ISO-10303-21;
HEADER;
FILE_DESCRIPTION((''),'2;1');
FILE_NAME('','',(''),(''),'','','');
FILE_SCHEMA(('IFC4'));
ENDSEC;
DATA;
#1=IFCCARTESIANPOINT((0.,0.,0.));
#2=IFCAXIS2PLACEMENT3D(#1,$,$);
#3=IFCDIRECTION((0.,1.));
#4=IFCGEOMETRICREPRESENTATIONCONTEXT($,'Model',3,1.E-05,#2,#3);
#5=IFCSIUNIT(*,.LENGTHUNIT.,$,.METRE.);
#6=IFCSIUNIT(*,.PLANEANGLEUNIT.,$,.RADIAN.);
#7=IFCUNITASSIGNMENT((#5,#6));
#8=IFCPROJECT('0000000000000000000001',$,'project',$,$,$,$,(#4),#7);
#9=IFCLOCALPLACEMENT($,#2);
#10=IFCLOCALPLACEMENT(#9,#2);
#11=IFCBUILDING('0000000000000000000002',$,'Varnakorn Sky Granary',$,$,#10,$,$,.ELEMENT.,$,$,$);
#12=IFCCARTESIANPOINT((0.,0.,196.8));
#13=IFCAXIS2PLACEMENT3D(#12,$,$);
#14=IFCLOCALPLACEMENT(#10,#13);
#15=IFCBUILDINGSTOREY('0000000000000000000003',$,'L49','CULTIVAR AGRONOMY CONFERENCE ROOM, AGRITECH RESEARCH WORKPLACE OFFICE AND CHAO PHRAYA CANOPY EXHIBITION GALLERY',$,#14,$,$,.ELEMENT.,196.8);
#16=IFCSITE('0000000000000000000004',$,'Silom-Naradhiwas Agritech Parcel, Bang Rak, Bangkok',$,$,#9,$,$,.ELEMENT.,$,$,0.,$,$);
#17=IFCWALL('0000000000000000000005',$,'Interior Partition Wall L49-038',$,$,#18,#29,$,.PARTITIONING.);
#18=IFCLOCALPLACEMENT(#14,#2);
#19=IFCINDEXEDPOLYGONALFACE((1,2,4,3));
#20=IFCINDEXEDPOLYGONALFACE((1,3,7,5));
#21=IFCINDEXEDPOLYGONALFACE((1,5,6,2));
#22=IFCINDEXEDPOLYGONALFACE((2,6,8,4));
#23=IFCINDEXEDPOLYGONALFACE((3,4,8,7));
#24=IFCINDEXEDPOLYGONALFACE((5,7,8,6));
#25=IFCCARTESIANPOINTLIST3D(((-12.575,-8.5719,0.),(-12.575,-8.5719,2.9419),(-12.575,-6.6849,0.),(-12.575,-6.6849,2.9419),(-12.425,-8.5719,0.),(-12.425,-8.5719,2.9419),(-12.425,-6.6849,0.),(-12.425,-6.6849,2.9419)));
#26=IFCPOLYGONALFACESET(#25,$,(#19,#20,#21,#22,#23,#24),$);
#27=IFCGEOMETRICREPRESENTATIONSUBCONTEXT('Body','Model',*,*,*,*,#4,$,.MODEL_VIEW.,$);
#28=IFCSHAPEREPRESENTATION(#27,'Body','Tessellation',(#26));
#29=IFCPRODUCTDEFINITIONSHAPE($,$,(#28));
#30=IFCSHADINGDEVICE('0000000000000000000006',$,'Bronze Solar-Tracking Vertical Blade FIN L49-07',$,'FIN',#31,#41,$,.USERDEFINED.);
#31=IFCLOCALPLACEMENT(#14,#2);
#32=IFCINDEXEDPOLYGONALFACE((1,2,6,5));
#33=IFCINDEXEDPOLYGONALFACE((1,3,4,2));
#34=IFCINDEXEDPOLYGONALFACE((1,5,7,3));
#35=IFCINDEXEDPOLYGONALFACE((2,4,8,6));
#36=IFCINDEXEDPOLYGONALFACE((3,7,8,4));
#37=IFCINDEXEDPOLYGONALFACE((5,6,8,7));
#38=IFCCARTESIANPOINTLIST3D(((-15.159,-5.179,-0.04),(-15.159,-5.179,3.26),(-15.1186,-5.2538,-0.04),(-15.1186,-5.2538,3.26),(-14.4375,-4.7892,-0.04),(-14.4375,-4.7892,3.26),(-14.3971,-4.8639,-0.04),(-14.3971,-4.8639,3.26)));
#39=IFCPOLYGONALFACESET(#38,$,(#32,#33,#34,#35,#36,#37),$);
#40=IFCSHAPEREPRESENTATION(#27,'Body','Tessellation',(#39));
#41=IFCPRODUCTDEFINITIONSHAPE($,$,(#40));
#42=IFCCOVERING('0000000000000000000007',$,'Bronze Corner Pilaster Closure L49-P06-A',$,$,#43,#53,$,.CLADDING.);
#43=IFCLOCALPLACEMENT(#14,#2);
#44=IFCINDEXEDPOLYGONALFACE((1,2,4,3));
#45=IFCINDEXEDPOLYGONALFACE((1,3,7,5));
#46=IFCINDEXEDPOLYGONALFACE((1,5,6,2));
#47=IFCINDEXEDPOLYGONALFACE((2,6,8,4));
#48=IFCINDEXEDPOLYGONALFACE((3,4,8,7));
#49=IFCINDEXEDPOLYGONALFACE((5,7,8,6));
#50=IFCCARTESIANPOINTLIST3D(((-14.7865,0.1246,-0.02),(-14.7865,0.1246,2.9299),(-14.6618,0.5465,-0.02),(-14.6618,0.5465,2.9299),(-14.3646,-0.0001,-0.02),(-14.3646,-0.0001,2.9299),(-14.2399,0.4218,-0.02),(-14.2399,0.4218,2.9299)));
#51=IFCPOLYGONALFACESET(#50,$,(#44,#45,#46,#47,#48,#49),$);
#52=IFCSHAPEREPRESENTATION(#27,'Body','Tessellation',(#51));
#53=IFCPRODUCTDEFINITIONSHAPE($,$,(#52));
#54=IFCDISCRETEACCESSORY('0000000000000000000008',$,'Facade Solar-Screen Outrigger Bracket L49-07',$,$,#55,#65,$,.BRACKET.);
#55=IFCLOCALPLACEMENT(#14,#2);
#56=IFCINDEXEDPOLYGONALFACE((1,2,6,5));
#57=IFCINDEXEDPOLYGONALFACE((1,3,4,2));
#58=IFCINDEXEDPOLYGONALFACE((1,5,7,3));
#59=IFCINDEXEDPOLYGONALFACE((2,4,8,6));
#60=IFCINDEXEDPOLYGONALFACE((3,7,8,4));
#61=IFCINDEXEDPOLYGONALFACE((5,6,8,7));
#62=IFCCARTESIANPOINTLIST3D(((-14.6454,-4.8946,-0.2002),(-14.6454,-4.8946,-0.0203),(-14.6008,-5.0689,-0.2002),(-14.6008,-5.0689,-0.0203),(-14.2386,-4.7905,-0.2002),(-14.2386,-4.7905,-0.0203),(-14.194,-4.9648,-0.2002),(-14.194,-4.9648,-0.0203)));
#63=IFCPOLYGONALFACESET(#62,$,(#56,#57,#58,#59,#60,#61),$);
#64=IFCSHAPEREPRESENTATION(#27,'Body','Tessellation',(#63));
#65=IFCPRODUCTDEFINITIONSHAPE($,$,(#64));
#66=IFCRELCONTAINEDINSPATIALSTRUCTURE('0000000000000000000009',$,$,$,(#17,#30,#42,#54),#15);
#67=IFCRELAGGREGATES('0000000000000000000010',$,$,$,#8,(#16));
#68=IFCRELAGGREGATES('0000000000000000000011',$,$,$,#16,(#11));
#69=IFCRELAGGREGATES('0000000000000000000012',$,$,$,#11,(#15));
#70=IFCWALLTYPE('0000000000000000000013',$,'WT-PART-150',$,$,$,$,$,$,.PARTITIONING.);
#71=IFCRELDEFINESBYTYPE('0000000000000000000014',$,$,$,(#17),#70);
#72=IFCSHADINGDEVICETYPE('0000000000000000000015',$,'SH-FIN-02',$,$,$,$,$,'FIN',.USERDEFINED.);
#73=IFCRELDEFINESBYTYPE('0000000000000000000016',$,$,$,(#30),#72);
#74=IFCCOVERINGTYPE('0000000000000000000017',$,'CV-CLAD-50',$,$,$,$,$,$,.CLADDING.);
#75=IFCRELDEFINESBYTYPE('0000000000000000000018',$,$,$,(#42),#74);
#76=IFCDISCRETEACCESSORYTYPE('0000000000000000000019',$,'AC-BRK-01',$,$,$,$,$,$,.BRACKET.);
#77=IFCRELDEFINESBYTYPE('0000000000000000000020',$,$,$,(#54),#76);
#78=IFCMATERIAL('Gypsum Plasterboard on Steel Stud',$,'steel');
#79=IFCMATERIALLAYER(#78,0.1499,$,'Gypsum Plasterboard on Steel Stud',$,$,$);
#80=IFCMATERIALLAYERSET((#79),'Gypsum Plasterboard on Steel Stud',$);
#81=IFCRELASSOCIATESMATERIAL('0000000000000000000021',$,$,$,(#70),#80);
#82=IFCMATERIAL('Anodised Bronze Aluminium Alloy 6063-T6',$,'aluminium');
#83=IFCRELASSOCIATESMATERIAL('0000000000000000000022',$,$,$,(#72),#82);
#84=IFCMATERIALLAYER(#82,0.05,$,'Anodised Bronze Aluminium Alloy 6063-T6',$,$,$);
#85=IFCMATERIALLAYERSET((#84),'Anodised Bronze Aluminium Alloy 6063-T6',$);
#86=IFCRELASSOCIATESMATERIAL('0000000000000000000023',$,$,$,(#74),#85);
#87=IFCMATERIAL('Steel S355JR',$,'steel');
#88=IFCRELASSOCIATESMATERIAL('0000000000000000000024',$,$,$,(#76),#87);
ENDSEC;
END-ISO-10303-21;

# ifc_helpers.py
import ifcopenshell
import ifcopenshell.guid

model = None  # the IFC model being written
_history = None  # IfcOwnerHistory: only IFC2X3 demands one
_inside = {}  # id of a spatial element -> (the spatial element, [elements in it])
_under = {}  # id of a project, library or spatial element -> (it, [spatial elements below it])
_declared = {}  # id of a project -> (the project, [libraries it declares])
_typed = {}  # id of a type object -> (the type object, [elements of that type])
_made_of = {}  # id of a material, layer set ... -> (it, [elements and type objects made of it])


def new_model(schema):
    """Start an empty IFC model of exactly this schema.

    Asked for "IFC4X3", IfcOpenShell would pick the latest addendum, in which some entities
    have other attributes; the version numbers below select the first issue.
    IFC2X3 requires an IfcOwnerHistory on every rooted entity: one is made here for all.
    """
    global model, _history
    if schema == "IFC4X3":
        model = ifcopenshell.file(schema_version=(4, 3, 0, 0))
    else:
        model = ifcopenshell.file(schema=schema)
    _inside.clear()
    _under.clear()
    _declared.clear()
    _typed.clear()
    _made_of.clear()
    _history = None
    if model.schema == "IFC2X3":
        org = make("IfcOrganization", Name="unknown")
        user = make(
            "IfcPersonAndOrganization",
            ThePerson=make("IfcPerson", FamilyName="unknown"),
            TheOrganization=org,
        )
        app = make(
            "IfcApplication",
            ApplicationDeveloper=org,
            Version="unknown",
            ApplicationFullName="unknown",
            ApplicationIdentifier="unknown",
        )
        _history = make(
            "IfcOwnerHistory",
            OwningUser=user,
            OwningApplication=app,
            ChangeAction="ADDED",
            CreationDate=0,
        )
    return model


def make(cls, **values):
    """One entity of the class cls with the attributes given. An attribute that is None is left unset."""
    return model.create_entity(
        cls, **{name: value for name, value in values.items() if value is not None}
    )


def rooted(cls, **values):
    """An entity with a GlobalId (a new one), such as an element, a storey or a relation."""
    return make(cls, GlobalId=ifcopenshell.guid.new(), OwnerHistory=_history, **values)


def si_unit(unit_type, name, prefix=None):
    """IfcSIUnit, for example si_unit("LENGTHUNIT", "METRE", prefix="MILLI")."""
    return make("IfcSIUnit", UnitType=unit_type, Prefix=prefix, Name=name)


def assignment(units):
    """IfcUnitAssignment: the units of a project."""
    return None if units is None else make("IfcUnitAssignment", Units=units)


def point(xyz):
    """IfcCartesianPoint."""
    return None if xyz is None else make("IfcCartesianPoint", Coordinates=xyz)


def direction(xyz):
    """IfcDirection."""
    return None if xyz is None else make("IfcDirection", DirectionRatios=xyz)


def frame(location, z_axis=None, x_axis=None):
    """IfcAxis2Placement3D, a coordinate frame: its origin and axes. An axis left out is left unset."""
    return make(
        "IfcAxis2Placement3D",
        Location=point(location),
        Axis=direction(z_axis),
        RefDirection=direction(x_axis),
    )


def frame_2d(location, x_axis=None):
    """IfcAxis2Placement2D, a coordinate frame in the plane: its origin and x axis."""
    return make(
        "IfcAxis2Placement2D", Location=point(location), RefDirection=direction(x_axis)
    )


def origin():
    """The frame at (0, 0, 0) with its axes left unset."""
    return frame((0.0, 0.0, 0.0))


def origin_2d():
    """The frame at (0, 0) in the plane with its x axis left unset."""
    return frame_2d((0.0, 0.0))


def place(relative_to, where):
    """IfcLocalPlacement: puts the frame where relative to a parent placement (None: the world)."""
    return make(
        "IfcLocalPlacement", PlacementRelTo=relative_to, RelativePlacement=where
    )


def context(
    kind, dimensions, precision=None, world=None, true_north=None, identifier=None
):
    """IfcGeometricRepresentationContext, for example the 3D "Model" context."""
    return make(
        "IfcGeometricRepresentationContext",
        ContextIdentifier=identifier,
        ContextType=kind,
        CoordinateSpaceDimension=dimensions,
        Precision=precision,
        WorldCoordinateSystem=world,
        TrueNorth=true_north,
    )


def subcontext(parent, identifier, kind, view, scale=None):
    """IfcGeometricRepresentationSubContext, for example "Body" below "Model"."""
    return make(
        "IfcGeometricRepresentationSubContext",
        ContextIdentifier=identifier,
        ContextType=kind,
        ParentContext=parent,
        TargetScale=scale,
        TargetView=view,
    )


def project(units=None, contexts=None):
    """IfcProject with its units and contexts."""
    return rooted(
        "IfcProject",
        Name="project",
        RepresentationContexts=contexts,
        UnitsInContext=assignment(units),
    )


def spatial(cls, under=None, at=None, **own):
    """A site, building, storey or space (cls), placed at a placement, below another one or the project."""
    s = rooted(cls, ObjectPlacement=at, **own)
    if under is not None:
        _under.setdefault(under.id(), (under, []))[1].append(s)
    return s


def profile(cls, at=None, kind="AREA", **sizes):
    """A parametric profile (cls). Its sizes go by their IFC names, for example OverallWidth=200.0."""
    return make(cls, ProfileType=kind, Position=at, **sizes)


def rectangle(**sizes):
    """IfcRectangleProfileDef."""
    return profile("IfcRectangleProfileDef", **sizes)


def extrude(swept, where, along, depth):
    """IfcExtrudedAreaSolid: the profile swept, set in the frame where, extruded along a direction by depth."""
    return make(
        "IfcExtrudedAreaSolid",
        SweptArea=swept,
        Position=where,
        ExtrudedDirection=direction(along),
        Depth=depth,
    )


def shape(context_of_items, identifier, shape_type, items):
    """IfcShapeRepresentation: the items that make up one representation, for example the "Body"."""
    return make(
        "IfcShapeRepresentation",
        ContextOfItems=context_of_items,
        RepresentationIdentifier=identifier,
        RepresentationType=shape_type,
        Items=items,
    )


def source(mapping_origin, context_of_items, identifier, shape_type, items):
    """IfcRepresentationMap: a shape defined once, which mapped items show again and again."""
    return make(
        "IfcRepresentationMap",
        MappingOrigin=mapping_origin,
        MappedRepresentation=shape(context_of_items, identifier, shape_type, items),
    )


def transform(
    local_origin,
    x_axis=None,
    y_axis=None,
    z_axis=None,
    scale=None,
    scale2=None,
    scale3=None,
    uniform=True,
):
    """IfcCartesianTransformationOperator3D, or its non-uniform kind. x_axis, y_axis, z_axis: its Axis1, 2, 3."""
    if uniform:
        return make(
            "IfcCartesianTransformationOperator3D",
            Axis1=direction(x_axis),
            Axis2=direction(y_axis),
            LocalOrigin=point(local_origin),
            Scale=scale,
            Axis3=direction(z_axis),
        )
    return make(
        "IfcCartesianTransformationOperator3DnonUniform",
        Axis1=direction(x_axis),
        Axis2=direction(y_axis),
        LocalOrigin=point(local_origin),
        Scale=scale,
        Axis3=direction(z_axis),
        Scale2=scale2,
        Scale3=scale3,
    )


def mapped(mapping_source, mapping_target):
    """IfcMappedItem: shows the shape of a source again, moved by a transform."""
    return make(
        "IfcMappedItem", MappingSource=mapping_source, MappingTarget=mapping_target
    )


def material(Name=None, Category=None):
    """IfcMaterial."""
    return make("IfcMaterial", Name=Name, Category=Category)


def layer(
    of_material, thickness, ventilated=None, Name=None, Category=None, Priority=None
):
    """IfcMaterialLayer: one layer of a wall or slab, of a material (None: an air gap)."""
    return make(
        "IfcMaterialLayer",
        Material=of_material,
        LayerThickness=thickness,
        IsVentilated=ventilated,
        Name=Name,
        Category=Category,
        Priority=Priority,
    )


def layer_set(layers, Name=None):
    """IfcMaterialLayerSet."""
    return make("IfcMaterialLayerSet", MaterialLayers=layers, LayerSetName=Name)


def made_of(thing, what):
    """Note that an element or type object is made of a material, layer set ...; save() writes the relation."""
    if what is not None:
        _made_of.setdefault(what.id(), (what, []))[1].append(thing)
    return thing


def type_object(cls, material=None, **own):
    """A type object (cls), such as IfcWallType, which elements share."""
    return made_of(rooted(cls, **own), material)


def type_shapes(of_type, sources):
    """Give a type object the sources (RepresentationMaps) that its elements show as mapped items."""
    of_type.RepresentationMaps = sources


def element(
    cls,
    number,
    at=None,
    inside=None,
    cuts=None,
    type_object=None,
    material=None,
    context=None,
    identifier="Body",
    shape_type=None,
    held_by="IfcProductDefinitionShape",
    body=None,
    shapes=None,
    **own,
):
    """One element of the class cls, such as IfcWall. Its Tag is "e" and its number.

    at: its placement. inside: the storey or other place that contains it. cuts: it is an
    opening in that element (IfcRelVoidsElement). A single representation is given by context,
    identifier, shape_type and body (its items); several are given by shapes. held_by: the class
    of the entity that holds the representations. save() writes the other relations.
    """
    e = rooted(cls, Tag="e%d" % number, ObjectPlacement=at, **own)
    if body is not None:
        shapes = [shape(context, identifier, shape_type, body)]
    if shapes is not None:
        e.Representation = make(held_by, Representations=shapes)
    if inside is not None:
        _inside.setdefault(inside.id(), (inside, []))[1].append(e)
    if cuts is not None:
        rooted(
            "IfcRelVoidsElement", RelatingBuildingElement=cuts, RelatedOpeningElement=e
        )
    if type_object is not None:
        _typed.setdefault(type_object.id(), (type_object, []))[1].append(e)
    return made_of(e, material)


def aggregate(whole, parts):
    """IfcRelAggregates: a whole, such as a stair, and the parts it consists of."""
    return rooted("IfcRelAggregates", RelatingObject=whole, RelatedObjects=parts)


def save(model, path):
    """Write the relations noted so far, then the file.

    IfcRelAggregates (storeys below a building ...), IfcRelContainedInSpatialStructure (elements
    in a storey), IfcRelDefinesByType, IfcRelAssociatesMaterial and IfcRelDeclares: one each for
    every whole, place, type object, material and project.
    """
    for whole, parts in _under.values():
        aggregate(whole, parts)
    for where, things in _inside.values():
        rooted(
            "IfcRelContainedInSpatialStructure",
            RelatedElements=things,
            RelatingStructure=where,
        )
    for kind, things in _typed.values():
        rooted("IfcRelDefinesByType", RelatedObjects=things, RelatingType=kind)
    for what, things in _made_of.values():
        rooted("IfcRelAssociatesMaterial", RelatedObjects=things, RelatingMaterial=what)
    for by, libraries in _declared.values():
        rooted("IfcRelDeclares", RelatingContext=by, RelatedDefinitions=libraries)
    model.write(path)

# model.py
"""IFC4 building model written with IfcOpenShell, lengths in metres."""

from ifc_helpers import new_model, si_unit, direction, frame, frame_2d, origin, origin_2d, place, context, subcontext, project, spatial, rectangle, extrude, source, transform, mapped, material, layer, layer_set, type_object, type_shapes, element, save


model = new_model("IFC4")

# Units and contexts
model_context = context("Model", 3, precision=1e-05, world=origin(), true_north=direction((0.0, 1.0)))
body_context = subcontext(model_context, "Body", "Model", "MODEL_VIEW")
ifc_project = project(units=[si_unit("LENGTHUNIT", "METRE"), si_unit("PLANEANGLEUNIT", "RADIAN")], contexts=[model_context])

# Site, building, storey
site_placement = place(None, origin())
site = spatial("IfcSite", under=ifc_project, at=site_placement, Name="Silom-Naradhiwas Agritech Parcel, Bang Rak, Bangkok", CompositionType="ELEMENT", RefElevation=0.0)
building_placement = place(site_placement, origin())
building = spatial("IfcBuilding", under=site, at=building_placement, Name="Varnakorn Sky Granary", CompositionType="ELEMENT")
storey_placement = place(building_placement, frame((0.0, 0.0, 196.8)))
storey = spatial("IfcBuildingStorey", under=building, at=storey_placement, Name="L49", Description="CULTIVAR AGRONOMY CONFERENCE ROOM, AGRITECH RESEARCH WORKPLACE OFFICE AND CHAO PHRAYA CANOPY EXHIBITION GALLERY", CompositionType="ELEMENT", Elevation=196.8)

# Shared definitions
ifc_material_1 = material(Name="Steel S355JR", Category="steel")

# Shared definitions
ifc_material_2 = material(Name="Anodised Bronze Aluminium Alloy 6063-T6", Category="aluminium")

# Wall
ifc_material_3 = material(Name="Gypsum Plasterboard on Steel Stud", Category="steel")
ifc_layer_1 = layer(ifc_material_3, 0.1499, Name="Gypsum Plasterboard on Steel Stud")
ifc_layer_set_1 = layer_set([ifc_layer_1], Name="Gypsum Plasterboard on Steel Stud")
wall_type_1 = type_object("IfcWallType", Name="WT-PART-150", PredefinedType="PARTITIONING", material=ifc_layer_set_1)
wall_1_placement = place(storey_placement, frame((-12.5, -6.6851, 0.0), z_axis=(0.0, 0.0, 1.0), x_axis=(0.0, -1.0, 0.0)))
element("IfcWall", 1, at=wall_1_placement, inside=storey, type_object=wall_type_1, Name="Interior Partition Wall L49-038", PredefinedType="PARTITIONING", context=body_context, shape_type="SweptSolid", body=[
    extrude(rectangle(XDim=1.887, YDim=0.1499, at=frame_2d((0.9434, 0.0))), origin(), (0.0, 0.0, 1.0), 2.9419),
])

# Shading device
shading_device_type = type_object("IfcShadingDeviceType", Name="SH-FIN-02", ElementType="FIN", PredefinedType="USERDEFINED", material=ifc_material_2)
shared_shape_1 = source(origin(), body_context, "Body", "SweptSolid", [
    extrude(rectangle(XDim=0.085, YDim=0.8201, at=origin_2d()), origin(), (0.0, 0.0, 1.0), 3.3),
])
type_shapes(shading_device_type, [shared_shape_1])
shading_device_placement = place(storey_placement, frame((-14.7781, -5.0215, -0.04), z_axis=(0.0, 0.0, 1.0), x_axis=(0.475386, -0.879777, 0.0)))
element("IfcShadingDevice", 2, at=shading_device_placement, inside=storey, type_object=shading_device_type, Name="Bronze Solar-Tracking Vertical Blade FIN L49-07", ObjectType="FIN", PredefinedType="USERDEFINED", context=body_context, shape_type="MappedRepresentation", body=[
    mapped(shared_shape_1, transform((0.0, 0.0, 0.0), x_axis=(1.0, 0.0, 0.0), y_axis=(0.0, 1.0, 0.0), z_axis=(0.0, 0.0, 1.0), scale=1.0)),
])

# Covering
ifc_layer_2 = layer(ifc_material_2, 0.05, Name="Anodised Bronze Aluminium Alloy 6063-T6")
ifc_layer_set_2 = layer_set([ifc_layer_2], Name="Anodised Bronze Aluminium Alloy 6063-T6")
covering_type = type_object("IfcCoveringType", Name="CV-CLAD-50", PredefinedType="CLADDING", material=ifc_layer_set_2)
shared_shape_2 = source(origin(), body_context, "Body", "SweptSolid", [
    extrude(rectangle(XDim=0.4399, YDim=0.4399, at=origin_2d()), origin(), (0.0, 0.0, 1.0), 2.95),
])
type_shapes(covering_type, [shared_shape_2])
covering_placement = place(storey_placement, frame((-14.5132, 0.2732, -0.02), z_axis=(0.0, 0.0, 1.0), x_axis=(0.283513, 0.958968, 0.0)))
element("IfcCovering", 3, at=covering_placement, inside=storey, type_object=covering_type, Name="Bronze Corner Pilaster Closure L49-P06-A", PredefinedType="CLADDING", context=body_context, shape_type="MappedRepresentation", body=[
    mapped(shared_shape_2, transform((0.0, 0.0, 0.0), x_axis=(1.0, 0.0, 0.0), y_axis=(0.0, 1.0, 0.0), z_axis=(0.0, 0.0, 1.0), scale=1.0)),
])

# Discrete accessory
discrete_accessory_type = type_object("IfcDiscreteAccessoryType", Name="AC-BRK-01", PredefinedType="BRACKET", material=ifc_material_1)
shared_shape_3 = source(origin(), body_context, "Body", "SweptSolid", [
    extrude(rectangle(XDim=0.1799, YDim=0.4199, at=origin_2d()), origin(), (0.0, 0.0, 1.0), 0.1799),
])
type_shapes(discrete_accessory_type, [shared_shape_3])
discrete_accessory_placement = place(storey_placement, frame((-14.4197, -4.9297, -0.2002), z_axis=(0.0, 0.0, 1.0), x_axis=(0.247848, -0.968799, 0.0)))
element("IfcDiscreteAccessory", 4, at=discrete_accessory_placement, inside=storey, type_object=discrete_accessory_type, Name="Facade Solar-Screen Outrigger Bracket L49-07", PredefinedType="BRACKET", context=body_context, shape_type="MappedRepresentation", body=[
    mapped(shared_shape_3, transform((0.0, 0.0, 0.0), x_axis=(1.0, 0.0, 0.0), y_axis=(0.0, 1.0, 0.0), z_axis=(0.0, 0.0, 1.0), scale=1.0)),
])

save(model, "model.ifc")
